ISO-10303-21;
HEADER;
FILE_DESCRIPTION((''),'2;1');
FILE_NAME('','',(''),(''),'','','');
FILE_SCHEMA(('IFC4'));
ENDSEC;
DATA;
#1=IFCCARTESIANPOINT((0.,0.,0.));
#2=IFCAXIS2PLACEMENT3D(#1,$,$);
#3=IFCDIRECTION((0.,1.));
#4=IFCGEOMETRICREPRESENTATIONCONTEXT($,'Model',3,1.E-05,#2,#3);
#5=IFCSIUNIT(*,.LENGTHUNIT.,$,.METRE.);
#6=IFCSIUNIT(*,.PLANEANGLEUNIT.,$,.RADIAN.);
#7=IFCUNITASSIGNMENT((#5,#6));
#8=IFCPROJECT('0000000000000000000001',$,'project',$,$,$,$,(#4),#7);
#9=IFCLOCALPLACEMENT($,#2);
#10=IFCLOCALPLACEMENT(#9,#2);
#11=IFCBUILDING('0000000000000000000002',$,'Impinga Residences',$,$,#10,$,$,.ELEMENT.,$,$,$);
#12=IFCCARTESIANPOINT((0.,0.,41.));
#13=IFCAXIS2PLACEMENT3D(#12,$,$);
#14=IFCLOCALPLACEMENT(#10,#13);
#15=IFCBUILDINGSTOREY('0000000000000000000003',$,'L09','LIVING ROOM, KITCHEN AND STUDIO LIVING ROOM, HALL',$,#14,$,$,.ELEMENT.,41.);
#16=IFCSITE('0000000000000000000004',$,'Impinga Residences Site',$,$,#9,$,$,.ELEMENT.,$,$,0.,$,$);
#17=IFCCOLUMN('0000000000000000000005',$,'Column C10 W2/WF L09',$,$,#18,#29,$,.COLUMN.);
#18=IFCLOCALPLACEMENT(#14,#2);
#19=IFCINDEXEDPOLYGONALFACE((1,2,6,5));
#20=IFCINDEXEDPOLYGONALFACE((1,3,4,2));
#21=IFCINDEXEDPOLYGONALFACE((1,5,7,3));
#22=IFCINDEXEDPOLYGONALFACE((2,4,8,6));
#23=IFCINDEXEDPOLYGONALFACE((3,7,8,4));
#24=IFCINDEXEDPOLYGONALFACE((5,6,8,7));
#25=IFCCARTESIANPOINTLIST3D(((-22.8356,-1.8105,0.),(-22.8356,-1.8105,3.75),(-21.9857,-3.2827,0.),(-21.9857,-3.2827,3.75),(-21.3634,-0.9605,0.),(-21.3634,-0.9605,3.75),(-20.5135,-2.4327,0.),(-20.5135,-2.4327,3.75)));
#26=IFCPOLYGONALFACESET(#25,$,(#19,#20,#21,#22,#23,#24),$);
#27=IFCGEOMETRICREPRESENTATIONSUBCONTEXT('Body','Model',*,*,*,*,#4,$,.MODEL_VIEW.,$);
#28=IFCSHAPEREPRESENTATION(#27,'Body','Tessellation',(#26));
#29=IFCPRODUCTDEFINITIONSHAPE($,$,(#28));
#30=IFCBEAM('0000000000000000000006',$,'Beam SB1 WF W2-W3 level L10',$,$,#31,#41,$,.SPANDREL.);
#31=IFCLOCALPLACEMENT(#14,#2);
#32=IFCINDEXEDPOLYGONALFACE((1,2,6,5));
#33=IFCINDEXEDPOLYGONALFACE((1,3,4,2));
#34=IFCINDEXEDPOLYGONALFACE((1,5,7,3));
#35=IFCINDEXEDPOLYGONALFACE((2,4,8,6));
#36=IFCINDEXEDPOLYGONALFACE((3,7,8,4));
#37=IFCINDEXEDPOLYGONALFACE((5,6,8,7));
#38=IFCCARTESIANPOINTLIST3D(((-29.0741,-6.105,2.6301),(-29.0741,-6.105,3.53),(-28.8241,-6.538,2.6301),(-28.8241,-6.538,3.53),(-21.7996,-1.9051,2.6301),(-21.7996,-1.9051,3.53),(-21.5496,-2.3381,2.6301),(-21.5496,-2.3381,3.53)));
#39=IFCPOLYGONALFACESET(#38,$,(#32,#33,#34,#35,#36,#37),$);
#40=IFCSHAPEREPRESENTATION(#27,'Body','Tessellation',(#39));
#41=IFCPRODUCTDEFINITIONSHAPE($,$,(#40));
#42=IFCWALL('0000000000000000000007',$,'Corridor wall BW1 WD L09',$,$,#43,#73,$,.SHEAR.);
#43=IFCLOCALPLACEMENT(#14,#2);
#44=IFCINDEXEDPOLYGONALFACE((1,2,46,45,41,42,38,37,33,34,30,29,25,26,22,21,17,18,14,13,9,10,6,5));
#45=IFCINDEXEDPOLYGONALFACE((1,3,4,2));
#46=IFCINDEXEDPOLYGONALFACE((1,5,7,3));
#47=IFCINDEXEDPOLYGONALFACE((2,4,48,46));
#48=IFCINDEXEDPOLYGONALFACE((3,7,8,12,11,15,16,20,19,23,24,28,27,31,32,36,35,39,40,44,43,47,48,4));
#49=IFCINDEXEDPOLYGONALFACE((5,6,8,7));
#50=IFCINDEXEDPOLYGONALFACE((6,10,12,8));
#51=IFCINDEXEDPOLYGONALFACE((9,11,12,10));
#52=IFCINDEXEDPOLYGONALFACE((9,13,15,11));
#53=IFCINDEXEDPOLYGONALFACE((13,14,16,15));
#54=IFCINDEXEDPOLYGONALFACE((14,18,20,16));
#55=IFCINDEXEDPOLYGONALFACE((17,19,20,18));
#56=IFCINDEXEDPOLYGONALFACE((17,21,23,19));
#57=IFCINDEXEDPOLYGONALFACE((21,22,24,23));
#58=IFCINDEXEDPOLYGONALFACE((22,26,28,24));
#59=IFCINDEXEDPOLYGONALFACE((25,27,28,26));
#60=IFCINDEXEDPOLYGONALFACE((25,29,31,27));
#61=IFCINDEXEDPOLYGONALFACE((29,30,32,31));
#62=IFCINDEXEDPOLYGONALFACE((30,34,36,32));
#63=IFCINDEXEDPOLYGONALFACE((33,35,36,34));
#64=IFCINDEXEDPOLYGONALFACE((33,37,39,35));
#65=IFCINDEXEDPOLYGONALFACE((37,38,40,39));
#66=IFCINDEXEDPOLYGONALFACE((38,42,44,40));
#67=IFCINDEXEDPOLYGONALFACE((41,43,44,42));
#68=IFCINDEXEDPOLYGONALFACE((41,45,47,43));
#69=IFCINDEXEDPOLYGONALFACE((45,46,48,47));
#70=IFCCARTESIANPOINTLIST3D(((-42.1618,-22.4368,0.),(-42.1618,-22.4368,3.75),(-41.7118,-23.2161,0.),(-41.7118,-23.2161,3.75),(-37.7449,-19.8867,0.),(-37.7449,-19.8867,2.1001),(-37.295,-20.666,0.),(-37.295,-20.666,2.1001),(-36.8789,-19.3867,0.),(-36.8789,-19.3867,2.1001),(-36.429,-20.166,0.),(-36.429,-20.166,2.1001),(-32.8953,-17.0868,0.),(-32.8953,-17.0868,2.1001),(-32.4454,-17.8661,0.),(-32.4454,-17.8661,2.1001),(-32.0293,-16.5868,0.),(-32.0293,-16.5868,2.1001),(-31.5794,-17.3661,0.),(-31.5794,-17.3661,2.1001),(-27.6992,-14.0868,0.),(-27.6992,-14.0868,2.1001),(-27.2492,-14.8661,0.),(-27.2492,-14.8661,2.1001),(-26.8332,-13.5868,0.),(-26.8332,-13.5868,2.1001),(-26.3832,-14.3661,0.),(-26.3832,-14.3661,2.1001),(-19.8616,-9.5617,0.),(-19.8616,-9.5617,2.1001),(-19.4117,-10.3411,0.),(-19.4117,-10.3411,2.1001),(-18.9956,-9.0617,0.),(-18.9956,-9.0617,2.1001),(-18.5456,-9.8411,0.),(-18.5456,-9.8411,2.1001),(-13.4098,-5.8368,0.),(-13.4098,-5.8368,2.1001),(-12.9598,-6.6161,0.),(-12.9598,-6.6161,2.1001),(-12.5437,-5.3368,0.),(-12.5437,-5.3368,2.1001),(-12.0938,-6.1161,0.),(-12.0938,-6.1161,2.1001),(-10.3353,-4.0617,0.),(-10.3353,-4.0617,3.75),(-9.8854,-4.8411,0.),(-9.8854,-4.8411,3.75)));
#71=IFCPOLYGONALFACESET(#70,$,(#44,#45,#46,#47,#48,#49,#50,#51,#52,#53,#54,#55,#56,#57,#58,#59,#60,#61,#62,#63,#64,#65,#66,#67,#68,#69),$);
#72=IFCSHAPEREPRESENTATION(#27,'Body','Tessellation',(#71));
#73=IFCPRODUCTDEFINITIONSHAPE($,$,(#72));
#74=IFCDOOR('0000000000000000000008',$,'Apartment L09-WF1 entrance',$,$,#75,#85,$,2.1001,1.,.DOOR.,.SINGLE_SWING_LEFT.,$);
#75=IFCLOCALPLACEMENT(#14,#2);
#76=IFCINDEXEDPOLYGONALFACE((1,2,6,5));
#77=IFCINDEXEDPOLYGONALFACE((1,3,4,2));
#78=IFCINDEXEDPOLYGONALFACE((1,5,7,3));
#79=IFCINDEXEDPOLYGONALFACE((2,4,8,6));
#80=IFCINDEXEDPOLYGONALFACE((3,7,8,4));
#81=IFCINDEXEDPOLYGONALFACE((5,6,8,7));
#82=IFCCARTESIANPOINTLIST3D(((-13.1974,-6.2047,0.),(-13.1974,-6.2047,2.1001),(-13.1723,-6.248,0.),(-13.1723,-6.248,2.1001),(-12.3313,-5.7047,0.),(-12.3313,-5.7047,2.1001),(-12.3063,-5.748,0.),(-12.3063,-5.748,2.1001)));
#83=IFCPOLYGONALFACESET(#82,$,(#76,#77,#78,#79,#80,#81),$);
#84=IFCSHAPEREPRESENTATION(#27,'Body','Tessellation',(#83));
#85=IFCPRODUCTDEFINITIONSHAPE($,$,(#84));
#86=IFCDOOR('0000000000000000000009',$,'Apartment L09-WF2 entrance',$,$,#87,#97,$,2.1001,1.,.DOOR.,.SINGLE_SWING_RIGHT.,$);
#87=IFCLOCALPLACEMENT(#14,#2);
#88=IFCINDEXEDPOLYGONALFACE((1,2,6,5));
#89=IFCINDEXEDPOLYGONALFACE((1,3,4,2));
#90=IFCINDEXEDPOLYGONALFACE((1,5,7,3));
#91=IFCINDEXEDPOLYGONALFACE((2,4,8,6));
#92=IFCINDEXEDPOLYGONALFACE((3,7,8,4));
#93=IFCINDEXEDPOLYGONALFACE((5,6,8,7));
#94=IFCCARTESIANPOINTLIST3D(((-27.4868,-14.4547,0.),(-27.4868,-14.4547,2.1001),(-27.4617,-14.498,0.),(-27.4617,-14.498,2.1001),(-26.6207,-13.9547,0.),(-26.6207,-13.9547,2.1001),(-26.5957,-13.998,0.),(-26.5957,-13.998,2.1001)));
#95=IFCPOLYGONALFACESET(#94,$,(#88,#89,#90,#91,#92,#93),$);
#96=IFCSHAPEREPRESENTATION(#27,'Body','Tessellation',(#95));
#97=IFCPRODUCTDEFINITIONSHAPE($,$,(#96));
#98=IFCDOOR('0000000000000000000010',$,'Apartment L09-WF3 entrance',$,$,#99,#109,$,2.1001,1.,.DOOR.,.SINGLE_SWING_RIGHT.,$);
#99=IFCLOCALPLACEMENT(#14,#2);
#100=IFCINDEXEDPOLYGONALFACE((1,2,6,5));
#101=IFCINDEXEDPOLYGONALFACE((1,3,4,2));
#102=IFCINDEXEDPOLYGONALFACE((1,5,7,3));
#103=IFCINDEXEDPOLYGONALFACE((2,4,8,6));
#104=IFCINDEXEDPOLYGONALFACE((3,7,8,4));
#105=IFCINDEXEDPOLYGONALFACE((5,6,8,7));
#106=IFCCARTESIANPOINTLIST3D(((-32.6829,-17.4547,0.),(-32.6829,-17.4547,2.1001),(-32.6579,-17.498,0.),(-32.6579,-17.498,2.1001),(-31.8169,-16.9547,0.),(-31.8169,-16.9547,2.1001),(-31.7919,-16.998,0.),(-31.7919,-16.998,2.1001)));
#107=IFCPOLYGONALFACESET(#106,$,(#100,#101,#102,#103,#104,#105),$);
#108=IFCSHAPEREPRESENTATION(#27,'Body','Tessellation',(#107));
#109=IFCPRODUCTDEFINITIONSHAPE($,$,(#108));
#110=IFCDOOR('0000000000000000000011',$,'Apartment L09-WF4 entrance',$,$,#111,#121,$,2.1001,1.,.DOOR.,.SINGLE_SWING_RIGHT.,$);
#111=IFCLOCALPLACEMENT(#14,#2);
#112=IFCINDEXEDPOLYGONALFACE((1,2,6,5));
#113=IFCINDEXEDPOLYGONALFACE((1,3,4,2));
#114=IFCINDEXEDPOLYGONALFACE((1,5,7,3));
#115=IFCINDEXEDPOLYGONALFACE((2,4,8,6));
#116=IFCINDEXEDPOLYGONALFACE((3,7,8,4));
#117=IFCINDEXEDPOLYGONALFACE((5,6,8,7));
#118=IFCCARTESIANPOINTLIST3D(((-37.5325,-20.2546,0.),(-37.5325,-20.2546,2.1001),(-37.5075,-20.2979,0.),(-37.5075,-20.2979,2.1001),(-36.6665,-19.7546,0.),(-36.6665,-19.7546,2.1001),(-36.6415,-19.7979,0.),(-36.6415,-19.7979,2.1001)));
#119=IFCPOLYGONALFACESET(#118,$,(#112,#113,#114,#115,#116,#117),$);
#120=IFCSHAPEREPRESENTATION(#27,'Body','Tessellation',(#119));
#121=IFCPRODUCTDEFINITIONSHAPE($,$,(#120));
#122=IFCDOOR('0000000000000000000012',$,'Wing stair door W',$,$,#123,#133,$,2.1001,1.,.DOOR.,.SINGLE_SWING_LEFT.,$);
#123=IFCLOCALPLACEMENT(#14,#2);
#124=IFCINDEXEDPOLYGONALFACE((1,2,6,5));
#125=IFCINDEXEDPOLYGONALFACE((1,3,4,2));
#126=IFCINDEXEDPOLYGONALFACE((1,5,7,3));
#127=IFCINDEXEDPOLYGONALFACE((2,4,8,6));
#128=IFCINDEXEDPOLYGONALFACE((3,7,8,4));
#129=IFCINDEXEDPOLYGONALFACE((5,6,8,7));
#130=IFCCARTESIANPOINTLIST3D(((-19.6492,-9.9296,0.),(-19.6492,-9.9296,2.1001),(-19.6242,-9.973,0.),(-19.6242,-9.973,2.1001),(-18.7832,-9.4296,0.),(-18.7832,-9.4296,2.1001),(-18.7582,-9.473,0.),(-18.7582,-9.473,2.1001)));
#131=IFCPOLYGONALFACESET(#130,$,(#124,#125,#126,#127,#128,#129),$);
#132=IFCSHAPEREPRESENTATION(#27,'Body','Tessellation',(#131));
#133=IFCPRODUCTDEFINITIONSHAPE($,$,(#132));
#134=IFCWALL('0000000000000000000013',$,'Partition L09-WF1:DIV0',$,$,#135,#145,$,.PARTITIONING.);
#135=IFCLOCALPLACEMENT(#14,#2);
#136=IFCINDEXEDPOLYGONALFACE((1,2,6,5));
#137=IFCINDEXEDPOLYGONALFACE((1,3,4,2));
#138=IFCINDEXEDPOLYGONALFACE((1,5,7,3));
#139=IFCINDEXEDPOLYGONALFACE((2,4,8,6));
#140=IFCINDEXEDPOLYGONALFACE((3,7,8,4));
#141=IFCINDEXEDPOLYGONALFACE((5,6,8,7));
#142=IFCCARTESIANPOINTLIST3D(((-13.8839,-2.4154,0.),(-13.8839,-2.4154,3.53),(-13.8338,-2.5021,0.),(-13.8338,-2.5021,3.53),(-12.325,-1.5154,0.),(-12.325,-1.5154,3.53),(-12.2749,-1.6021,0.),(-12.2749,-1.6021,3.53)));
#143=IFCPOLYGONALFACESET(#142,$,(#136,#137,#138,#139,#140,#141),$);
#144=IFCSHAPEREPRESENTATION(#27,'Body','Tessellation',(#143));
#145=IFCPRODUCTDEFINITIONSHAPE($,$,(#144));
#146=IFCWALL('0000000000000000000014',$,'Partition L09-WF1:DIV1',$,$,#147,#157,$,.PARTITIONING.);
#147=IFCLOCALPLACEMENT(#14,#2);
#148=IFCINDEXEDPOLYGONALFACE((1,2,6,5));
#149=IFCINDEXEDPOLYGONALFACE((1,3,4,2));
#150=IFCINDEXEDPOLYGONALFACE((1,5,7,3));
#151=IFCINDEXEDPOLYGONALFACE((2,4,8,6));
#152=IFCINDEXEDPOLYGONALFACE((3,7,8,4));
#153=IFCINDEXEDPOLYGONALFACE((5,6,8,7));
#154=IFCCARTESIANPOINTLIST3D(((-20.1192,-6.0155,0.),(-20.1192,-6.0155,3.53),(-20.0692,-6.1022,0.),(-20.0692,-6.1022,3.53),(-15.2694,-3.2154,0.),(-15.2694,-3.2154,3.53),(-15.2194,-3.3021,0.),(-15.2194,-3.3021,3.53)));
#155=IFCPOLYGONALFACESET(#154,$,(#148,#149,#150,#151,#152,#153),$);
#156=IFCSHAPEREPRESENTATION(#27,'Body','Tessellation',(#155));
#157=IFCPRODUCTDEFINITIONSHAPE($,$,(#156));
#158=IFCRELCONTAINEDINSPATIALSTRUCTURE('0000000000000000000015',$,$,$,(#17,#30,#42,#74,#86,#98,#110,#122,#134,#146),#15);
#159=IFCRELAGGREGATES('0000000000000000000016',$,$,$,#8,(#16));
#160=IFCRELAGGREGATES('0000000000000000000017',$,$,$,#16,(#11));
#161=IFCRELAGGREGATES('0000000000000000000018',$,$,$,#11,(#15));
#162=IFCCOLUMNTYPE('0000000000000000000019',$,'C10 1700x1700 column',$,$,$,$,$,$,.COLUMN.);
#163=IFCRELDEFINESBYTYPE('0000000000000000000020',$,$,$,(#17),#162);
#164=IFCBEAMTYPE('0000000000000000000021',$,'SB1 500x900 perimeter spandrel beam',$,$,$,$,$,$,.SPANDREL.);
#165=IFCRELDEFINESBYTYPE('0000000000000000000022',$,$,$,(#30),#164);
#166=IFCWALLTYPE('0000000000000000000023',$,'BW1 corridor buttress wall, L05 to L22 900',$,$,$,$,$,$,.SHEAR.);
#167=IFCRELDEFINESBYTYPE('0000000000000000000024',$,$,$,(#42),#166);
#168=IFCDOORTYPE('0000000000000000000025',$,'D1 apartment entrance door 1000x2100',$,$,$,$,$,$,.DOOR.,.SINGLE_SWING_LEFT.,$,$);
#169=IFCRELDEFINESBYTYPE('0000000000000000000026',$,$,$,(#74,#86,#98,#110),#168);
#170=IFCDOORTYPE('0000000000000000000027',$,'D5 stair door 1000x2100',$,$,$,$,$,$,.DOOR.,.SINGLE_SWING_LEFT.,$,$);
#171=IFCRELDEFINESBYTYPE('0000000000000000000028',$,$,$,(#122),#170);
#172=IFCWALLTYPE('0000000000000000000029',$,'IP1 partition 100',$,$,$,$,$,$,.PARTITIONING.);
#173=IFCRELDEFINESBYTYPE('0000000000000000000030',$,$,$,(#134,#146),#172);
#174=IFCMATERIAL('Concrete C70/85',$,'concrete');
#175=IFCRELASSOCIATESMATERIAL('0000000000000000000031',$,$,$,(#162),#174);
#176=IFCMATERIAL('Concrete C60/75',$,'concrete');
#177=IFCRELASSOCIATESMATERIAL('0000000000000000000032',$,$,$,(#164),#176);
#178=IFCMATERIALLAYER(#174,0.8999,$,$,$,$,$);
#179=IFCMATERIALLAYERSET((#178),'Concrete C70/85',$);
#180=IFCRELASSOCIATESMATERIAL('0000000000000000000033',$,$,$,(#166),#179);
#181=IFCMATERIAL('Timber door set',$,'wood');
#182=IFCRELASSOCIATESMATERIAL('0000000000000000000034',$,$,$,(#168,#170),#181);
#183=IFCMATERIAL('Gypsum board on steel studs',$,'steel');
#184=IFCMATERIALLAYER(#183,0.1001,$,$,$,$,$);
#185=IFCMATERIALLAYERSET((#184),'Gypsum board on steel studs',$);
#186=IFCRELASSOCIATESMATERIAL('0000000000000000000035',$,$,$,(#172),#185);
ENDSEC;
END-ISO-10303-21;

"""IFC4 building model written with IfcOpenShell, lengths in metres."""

from ifc_helpers import new_model, si_unit, direction, frame, frame_2d, origin, origin_2d, place, context, subcontext, project, spatial, rectangle, extrude, material, layer, layer_set, material_profile, profile_set, type_object, element, fill, save


model = new_model("IFC4")

# Units and contexts
model_context = context("Model", 3, precision=1e-05, world=origin(), true_north=direction((0.0, 1.0)))
body_context = subcontext(model_context, "Body", "Model", "MODEL_VIEW")
ifc_project = project(units=[si_unit("LENGTHUNIT", "METRE"), si_unit("PLANEANGLEUNIT", "RADIAN")], contexts=[model_context])

# Site, building, storey
site_placement = place(None, origin())
site = spatial("IfcSite", under=ifc_project, at=site_placement, Name="Impinga Residences Site", CompositionType="ELEMENT", RefElevation=0.0)
building_placement = place(site_placement, origin())
building = spatial("IfcBuilding", under=site, at=building_placement, Name="Impinga Residences", CompositionType="ELEMENT")
storey_placement = place(building_placement, frame((0.0, 0.0, 41.0)))
storey = spatial("IfcBuildingStorey", under=building, at=storey_placement, Name="L09", Description="LIVING ROOM, KITCHEN AND STUDIO LIVING ROOM, HALL", CompositionType="ELEMENT", Elevation=41.0)

# Column
ifc_material_1 = material(Name="Concrete C70/85", Category="concrete")
ifc_material_profile_1 = material_profile(ifc_material_1, rectangle(XDim=1.7, YDim=1.7, at=origin_2d()), Name="RC 1700x1700")
ifc_profile_set_1 = profile_set([ifc_material_profile_1], Name="Concrete C70/85")
column_type = type_object("IfcColumnType", Name="C10 1700x1700 column", PredefinedType="COLUMN", material=ifc_profile_set_1)
column_placement = place(storey_placement, frame((-21.6746, -2.1216, 0.0), z_axis=(0.0, 0.0, 1.0), x_axis=(-0.5, 0.866025, 0.0)))
element("IfcColumn", 1, at=column_placement, inside=storey, type_object=column_type, Name="Column C10 W2/WF L09", PredefinedType="COLUMN", context=body_context, shape_type="SweptSolid", body=[
    extrude(rectangle(XDim=1.7, YDim=1.7, at=origin_2d()), origin(), (0.0, 0.0, 1.0), 3.75),
])

# Beam
ifc_material_2 = material(Name="Concrete C60/75", Category="concrete")
ifc_material_profile_2 = material_profile(ifc_material_2, rectangle(XDim=0.5, YDim=0.8999, at=origin_2d()), Name="RC 500x900")
ifc_profile_set_2 = profile_set([ifc_material_profile_2], Name="Concrete C60/75")
beam_type = type_object("IfcBeamType", Name="SB1 500x900 perimeter spandrel beam", PredefinedType="SPANDREL", material=ifc_profile_set_2)
beam_placement = place(storey_placement, frame((-21.6746, -2.1216, 3.0801), z_axis=(-0.866029, -0.499993, 0.0), x_axis=(0.499993, -0.866029, 0.0)))
element("IfcBeam", 2, at=beam_placement, inside=storey, type_object=beam_type, Name="Beam SB1 WF W2-W3 level L10", PredefinedType="SPANDREL", context=body_context, shape_type="SweptSolid", body=[
    extrude(rectangle(XDim=0.5, YDim=0.8999, at=origin_2d()), origin(), (0.0, 0.0, 1.0), 8.3999),
])

# Wall, openings, doors
ifc_layer_1 = layer(ifc_material_1, 0.8999)
ifc_layer_set_1 = layer_set([ifc_layer_1], Name="Concrete C70/85")
wall_type_1 = type_object("IfcWallType", Name="BW1 corridor buttress wall, L05 to L22 900", PredefinedType="SHEAR", material=ifc_layer_set_1)
wall_1_placement = place(storey_placement, frame((-10.1104, -4.4514, 0.0), z_axis=(0.0, 0.0, 1.0), x_axis=(-0.866025, -0.5, 0.0)))
wall_1 = element("IfcWall", 3, at=wall_1_placement, inside=storey, type_object=wall_type_1, Name="Corridor wall BW1 WD L09", PredefinedType="SHEAR", context=body_context, shape_type="SweptSolid", body=[
    extrude(rectangle(XDim=36.75, YDim=0.8999, at=frame_2d((18.375, 0.0))), origin(), (0.0, 0.0, 1.0), 3.75),
])
opening_1_placement = place(wall_1_placement, frame((10.0, 0.0, 0.0)))
opening_1 = element("IfcOpeningElement", 4, at=opening_1_placement, cuts=wall_1, PredefinedType="OPENING", context=body_context, shape_type="SweptSolid", body=[
    extrude(rectangle(XDim=1.0, YDim=2.1001, at=frame_2d((0.5, 1.05))), frame((0.0, 0.46, 0.0), z_axis=(0.0, -1.0, 0.0), x_axis=(1.0, 0.0, 0.0)), (0.0, 0.0, 1.0), 0.9199),
])
opening_2_placement = place(wall_1_placement, frame((2.55, 0.0, 0.0)))
opening_2 = element("IfcOpeningElement", 5, at=opening_2_placement, cuts=wall_1, PredefinedType="OPENING", context=body_context, shape_type="SweptSolid", body=[
    extrude(rectangle(XDim=1.0, YDim=2.1001, at=frame_2d((0.5, 1.05))), frame((0.0, 0.46, 0.0), z_axis=(0.0, -1.0, 0.0), x_axis=(1.0, 0.0, 0.0)), (0.0, 0.0, 1.0), 0.9199),
])
opening_3_placement = place(wall_1_placement, frame((19.05, 0.0, 0.0)))
opening_3 = element("IfcOpeningElement", 6, at=opening_3_placement, cuts=wall_1, PredefinedType="OPENING", context=body_context, shape_type="SweptSolid", body=[
    extrude(rectangle(XDim=1.0, YDim=2.1001, at=frame_2d((0.5, 1.05))), frame((0.0, 0.46, 0.0), z_axis=(0.0, -1.0, 0.0), x_axis=(1.0, 0.0, 0.0)), (0.0, 0.0, 1.0), 0.9199),
])
opening_4_placement = place(wall_1_placement, frame((25.05, 0.0, 0.0)))
opening_4 = element("IfcOpeningElement", 7, at=opening_4_placement, cuts=wall_1, PredefinedType="OPENING", context=body_context, shape_type="SweptSolid", body=[
    extrude(rectangle(XDim=1.0, YDim=2.1001, at=frame_2d((0.5, 1.05))), frame((0.0, 0.46, 0.0), z_axis=(0.0, -1.0, 0.0), x_axis=(1.0, 0.0, 0.0)), (0.0, 0.0, 1.0), 0.9199),
])
opening_5_placement = place(wall_1_placement, frame((30.6499, 0.0, 0.0)))
opening_5 = element("IfcOpeningElement", 8, at=opening_5_placement, cuts=wall_1, PredefinedType="OPENING", context=body_context, shape_type="SweptSolid", body=[
    extrude(rectangle(XDim=1.0, YDim=2.1001, at=frame_2d((0.5, 1.05))), frame((0.0, 0.46, 0.0), z_axis=(0.0, -1.0, 0.0), x_axis=(1.0, 0.0, 0.0)), (0.0, 0.0, 1.0), 0.9199),
])
ifc_material_3 = material(Name="Timber door set", Category="wood")
door_type_1 = type_object("IfcDoorType", Name="D1 apartment entrance door 1000x2100", OperationType="SINGLE_SWING_LEFT", PredefinedType="DOOR", material=ifc_material_3)
door_1_placement = place(opening_2_placement, origin())
door_1 = element("IfcDoor", 9, at=door_1_placement, inside=storey, type_object=door_type_1, Name="Apartment L09-WF1 entrance", OperationType="SINGLE_SWING_LEFT", OverallHeight=2.1001, OverallWidth=1.0, PredefinedType="DOOR", context=body_context, shape_type="SweptSolid", body=[
    extrude(rectangle(XDim=1.0, YDim=2.1001, at=frame_2d((0.5, 1.05))), frame((0.0, 0.0249, 0.0), z_axis=(0.0, -1.0, 0.0), x_axis=(1.0, 0.0, 0.0)), (0.0, 0.0, 1.0), 0.05),
])
fill(opening_2, door_1)
door_2_placement = place(opening_3_placement, origin())
door_2 = element("IfcDoor", 10, at=door_2_placement, inside=storey, type_object=door_type_1, Name="Apartment L09-WF2 entrance", OperationType="SINGLE_SWING_RIGHT", OverallHeight=2.1001, OverallWidth=1.0, PredefinedType="DOOR", context=body_context, shape_type="SweptSolid", body=[
    extrude(rectangle(XDim=1.0, YDim=2.1001, at=frame_2d((0.5, 1.05))), frame((0.0, 0.0249, 0.0), z_axis=(0.0, -1.0, 0.0), x_axis=(1.0, 0.0, 0.0)), (0.0, 0.0, 1.0), 0.05),
])
fill(opening_3, door_2)
door_3_placement = place(opening_4_placement, origin())
door_3 = element("IfcDoor", 11, at=door_3_placement, inside=storey, type_object=door_type_1, Name="Apartment L09-WF3 entrance", OperationType="SINGLE_SWING_RIGHT", OverallHeight=2.1001, OverallWidth=1.0, PredefinedType="DOOR", context=body_context, shape_type="SweptSolid", body=[
    extrude(rectangle(XDim=1.0, YDim=2.1001, at=frame_2d((0.5, 1.05))), frame((0.0, 0.0249, 0.0), z_axis=(0.0, -1.0, 0.0), x_axis=(1.0, 0.0, 0.0)), (0.0, 0.0, 1.0), 0.05),
])
fill(opening_4, door_3)
door_4_placement = place(opening_5_placement, origin())
door_4 = element("IfcDoor", 12, at=door_4_placement, inside=storey, type_object=door_type_1, Name="Apartment L09-WF4 entrance", OperationType="SINGLE_SWING_RIGHT", OverallHeight=2.1001, OverallWidth=1.0, PredefinedType="DOOR", context=body_context, shape_type="SweptSolid", body=[
    extrude(rectangle(XDim=1.0, YDim=2.1001, at=frame_2d((0.5, 1.05))), frame((0.0, 0.0249, 0.0), z_axis=(0.0, -1.0, 0.0), x_axis=(1.0, 0.0, 0.0)), (0.0, 0.0, 1.0), 0.05),
])
fill(opening_5, door_4)
door_type_2 = type_object("IfcDoorType", Name="D5 stair door 1000x2100", OperationType="SINGLE_SWING_LEFT", PredefinedType="DOOR", material=ifc_material_3)
door_5_placement = place(opening_1_placement, origin())
door_5 = element("IfcDoor", 13, at=door_5_placement, inside=storey, type_object=door_type_2, Name="Wing stair door W", OperationType="SINGLE_SWING_LEFT", OverallHeight=2.1001, OverallWidth=1.0, PredefinedType="DOOR", context=body_context, shape_type="SweptSolid", body=[
    extrude(rectangle(XDim=1.0, YDim=2.1001, at=frame_2d((0.5, 1.05))), frame((0.0, 0.0249, 0.0), z_axis=(0.0, -1.0, 0.0), x_axis=(1.0, 0.0, 0.0)), (0.0, 0.0, 1.0), 0.05),
])
fill(opening_1, door_5)

# Walls
ifc_material_4 = material(Name="Gypsum board on steel studs", Category="steel")
ifc_layer_2 = layer(ifc_material_4, 0.1001)
ifc_layer_set_2 = layer_set([ifc_layer_2], Name="Gypsum board on steel studs")
wall_type_2 = type_object("IfcWallType", Name="IP1 partition 100", PredefinedType="PARTITIONING", material=ifc_layer_set_2)
wall_2_placement = place(storey_placement, frame((-12.3, -1.5588, 0.0), z_axis=(0.0, 0.0, 1.0), x_axis=(-0.866048, -0.499961, 0.0)))
element("IfcWall", 14, at=wall_2_placement, inside=storey, type_object=wall_type_2, Name="Partition L09-WF1:DIV0", PredefinedType="PARTITIONING", context=body_context, shape_type="SweptSolid", body=[
    extrude(rectangle(XDim=1.8, YDim=0.1001, at=frame_2d((0.8999, 0.0))), origin(), (0.0, 0.0, 1.0), 3.53),
])
wall_3_placement = place(storey_placement, frame((-15.2444, -3.2588, 0.0), z_axis=(0.0, 0.0, 1.0), x_axis=(-0.866027, -0.499998, 0.0)))
element("IfcWall", 15, at=wall_3_placement, inside=storey, type_object=wall_type_2, Name="Partition L09-WF1:DIV1", PredefinedType="PARTITIONING", context=body_context, shape_type="SweptSolid", body=[
    extrude(rectangle(XDim=5.6001, YDim=0.1001, at=frame_2d((2.8, 0.0))), origin(), (0.0, 0.0, 1.0), 3.53),
])

save(model, "model.ifc")
